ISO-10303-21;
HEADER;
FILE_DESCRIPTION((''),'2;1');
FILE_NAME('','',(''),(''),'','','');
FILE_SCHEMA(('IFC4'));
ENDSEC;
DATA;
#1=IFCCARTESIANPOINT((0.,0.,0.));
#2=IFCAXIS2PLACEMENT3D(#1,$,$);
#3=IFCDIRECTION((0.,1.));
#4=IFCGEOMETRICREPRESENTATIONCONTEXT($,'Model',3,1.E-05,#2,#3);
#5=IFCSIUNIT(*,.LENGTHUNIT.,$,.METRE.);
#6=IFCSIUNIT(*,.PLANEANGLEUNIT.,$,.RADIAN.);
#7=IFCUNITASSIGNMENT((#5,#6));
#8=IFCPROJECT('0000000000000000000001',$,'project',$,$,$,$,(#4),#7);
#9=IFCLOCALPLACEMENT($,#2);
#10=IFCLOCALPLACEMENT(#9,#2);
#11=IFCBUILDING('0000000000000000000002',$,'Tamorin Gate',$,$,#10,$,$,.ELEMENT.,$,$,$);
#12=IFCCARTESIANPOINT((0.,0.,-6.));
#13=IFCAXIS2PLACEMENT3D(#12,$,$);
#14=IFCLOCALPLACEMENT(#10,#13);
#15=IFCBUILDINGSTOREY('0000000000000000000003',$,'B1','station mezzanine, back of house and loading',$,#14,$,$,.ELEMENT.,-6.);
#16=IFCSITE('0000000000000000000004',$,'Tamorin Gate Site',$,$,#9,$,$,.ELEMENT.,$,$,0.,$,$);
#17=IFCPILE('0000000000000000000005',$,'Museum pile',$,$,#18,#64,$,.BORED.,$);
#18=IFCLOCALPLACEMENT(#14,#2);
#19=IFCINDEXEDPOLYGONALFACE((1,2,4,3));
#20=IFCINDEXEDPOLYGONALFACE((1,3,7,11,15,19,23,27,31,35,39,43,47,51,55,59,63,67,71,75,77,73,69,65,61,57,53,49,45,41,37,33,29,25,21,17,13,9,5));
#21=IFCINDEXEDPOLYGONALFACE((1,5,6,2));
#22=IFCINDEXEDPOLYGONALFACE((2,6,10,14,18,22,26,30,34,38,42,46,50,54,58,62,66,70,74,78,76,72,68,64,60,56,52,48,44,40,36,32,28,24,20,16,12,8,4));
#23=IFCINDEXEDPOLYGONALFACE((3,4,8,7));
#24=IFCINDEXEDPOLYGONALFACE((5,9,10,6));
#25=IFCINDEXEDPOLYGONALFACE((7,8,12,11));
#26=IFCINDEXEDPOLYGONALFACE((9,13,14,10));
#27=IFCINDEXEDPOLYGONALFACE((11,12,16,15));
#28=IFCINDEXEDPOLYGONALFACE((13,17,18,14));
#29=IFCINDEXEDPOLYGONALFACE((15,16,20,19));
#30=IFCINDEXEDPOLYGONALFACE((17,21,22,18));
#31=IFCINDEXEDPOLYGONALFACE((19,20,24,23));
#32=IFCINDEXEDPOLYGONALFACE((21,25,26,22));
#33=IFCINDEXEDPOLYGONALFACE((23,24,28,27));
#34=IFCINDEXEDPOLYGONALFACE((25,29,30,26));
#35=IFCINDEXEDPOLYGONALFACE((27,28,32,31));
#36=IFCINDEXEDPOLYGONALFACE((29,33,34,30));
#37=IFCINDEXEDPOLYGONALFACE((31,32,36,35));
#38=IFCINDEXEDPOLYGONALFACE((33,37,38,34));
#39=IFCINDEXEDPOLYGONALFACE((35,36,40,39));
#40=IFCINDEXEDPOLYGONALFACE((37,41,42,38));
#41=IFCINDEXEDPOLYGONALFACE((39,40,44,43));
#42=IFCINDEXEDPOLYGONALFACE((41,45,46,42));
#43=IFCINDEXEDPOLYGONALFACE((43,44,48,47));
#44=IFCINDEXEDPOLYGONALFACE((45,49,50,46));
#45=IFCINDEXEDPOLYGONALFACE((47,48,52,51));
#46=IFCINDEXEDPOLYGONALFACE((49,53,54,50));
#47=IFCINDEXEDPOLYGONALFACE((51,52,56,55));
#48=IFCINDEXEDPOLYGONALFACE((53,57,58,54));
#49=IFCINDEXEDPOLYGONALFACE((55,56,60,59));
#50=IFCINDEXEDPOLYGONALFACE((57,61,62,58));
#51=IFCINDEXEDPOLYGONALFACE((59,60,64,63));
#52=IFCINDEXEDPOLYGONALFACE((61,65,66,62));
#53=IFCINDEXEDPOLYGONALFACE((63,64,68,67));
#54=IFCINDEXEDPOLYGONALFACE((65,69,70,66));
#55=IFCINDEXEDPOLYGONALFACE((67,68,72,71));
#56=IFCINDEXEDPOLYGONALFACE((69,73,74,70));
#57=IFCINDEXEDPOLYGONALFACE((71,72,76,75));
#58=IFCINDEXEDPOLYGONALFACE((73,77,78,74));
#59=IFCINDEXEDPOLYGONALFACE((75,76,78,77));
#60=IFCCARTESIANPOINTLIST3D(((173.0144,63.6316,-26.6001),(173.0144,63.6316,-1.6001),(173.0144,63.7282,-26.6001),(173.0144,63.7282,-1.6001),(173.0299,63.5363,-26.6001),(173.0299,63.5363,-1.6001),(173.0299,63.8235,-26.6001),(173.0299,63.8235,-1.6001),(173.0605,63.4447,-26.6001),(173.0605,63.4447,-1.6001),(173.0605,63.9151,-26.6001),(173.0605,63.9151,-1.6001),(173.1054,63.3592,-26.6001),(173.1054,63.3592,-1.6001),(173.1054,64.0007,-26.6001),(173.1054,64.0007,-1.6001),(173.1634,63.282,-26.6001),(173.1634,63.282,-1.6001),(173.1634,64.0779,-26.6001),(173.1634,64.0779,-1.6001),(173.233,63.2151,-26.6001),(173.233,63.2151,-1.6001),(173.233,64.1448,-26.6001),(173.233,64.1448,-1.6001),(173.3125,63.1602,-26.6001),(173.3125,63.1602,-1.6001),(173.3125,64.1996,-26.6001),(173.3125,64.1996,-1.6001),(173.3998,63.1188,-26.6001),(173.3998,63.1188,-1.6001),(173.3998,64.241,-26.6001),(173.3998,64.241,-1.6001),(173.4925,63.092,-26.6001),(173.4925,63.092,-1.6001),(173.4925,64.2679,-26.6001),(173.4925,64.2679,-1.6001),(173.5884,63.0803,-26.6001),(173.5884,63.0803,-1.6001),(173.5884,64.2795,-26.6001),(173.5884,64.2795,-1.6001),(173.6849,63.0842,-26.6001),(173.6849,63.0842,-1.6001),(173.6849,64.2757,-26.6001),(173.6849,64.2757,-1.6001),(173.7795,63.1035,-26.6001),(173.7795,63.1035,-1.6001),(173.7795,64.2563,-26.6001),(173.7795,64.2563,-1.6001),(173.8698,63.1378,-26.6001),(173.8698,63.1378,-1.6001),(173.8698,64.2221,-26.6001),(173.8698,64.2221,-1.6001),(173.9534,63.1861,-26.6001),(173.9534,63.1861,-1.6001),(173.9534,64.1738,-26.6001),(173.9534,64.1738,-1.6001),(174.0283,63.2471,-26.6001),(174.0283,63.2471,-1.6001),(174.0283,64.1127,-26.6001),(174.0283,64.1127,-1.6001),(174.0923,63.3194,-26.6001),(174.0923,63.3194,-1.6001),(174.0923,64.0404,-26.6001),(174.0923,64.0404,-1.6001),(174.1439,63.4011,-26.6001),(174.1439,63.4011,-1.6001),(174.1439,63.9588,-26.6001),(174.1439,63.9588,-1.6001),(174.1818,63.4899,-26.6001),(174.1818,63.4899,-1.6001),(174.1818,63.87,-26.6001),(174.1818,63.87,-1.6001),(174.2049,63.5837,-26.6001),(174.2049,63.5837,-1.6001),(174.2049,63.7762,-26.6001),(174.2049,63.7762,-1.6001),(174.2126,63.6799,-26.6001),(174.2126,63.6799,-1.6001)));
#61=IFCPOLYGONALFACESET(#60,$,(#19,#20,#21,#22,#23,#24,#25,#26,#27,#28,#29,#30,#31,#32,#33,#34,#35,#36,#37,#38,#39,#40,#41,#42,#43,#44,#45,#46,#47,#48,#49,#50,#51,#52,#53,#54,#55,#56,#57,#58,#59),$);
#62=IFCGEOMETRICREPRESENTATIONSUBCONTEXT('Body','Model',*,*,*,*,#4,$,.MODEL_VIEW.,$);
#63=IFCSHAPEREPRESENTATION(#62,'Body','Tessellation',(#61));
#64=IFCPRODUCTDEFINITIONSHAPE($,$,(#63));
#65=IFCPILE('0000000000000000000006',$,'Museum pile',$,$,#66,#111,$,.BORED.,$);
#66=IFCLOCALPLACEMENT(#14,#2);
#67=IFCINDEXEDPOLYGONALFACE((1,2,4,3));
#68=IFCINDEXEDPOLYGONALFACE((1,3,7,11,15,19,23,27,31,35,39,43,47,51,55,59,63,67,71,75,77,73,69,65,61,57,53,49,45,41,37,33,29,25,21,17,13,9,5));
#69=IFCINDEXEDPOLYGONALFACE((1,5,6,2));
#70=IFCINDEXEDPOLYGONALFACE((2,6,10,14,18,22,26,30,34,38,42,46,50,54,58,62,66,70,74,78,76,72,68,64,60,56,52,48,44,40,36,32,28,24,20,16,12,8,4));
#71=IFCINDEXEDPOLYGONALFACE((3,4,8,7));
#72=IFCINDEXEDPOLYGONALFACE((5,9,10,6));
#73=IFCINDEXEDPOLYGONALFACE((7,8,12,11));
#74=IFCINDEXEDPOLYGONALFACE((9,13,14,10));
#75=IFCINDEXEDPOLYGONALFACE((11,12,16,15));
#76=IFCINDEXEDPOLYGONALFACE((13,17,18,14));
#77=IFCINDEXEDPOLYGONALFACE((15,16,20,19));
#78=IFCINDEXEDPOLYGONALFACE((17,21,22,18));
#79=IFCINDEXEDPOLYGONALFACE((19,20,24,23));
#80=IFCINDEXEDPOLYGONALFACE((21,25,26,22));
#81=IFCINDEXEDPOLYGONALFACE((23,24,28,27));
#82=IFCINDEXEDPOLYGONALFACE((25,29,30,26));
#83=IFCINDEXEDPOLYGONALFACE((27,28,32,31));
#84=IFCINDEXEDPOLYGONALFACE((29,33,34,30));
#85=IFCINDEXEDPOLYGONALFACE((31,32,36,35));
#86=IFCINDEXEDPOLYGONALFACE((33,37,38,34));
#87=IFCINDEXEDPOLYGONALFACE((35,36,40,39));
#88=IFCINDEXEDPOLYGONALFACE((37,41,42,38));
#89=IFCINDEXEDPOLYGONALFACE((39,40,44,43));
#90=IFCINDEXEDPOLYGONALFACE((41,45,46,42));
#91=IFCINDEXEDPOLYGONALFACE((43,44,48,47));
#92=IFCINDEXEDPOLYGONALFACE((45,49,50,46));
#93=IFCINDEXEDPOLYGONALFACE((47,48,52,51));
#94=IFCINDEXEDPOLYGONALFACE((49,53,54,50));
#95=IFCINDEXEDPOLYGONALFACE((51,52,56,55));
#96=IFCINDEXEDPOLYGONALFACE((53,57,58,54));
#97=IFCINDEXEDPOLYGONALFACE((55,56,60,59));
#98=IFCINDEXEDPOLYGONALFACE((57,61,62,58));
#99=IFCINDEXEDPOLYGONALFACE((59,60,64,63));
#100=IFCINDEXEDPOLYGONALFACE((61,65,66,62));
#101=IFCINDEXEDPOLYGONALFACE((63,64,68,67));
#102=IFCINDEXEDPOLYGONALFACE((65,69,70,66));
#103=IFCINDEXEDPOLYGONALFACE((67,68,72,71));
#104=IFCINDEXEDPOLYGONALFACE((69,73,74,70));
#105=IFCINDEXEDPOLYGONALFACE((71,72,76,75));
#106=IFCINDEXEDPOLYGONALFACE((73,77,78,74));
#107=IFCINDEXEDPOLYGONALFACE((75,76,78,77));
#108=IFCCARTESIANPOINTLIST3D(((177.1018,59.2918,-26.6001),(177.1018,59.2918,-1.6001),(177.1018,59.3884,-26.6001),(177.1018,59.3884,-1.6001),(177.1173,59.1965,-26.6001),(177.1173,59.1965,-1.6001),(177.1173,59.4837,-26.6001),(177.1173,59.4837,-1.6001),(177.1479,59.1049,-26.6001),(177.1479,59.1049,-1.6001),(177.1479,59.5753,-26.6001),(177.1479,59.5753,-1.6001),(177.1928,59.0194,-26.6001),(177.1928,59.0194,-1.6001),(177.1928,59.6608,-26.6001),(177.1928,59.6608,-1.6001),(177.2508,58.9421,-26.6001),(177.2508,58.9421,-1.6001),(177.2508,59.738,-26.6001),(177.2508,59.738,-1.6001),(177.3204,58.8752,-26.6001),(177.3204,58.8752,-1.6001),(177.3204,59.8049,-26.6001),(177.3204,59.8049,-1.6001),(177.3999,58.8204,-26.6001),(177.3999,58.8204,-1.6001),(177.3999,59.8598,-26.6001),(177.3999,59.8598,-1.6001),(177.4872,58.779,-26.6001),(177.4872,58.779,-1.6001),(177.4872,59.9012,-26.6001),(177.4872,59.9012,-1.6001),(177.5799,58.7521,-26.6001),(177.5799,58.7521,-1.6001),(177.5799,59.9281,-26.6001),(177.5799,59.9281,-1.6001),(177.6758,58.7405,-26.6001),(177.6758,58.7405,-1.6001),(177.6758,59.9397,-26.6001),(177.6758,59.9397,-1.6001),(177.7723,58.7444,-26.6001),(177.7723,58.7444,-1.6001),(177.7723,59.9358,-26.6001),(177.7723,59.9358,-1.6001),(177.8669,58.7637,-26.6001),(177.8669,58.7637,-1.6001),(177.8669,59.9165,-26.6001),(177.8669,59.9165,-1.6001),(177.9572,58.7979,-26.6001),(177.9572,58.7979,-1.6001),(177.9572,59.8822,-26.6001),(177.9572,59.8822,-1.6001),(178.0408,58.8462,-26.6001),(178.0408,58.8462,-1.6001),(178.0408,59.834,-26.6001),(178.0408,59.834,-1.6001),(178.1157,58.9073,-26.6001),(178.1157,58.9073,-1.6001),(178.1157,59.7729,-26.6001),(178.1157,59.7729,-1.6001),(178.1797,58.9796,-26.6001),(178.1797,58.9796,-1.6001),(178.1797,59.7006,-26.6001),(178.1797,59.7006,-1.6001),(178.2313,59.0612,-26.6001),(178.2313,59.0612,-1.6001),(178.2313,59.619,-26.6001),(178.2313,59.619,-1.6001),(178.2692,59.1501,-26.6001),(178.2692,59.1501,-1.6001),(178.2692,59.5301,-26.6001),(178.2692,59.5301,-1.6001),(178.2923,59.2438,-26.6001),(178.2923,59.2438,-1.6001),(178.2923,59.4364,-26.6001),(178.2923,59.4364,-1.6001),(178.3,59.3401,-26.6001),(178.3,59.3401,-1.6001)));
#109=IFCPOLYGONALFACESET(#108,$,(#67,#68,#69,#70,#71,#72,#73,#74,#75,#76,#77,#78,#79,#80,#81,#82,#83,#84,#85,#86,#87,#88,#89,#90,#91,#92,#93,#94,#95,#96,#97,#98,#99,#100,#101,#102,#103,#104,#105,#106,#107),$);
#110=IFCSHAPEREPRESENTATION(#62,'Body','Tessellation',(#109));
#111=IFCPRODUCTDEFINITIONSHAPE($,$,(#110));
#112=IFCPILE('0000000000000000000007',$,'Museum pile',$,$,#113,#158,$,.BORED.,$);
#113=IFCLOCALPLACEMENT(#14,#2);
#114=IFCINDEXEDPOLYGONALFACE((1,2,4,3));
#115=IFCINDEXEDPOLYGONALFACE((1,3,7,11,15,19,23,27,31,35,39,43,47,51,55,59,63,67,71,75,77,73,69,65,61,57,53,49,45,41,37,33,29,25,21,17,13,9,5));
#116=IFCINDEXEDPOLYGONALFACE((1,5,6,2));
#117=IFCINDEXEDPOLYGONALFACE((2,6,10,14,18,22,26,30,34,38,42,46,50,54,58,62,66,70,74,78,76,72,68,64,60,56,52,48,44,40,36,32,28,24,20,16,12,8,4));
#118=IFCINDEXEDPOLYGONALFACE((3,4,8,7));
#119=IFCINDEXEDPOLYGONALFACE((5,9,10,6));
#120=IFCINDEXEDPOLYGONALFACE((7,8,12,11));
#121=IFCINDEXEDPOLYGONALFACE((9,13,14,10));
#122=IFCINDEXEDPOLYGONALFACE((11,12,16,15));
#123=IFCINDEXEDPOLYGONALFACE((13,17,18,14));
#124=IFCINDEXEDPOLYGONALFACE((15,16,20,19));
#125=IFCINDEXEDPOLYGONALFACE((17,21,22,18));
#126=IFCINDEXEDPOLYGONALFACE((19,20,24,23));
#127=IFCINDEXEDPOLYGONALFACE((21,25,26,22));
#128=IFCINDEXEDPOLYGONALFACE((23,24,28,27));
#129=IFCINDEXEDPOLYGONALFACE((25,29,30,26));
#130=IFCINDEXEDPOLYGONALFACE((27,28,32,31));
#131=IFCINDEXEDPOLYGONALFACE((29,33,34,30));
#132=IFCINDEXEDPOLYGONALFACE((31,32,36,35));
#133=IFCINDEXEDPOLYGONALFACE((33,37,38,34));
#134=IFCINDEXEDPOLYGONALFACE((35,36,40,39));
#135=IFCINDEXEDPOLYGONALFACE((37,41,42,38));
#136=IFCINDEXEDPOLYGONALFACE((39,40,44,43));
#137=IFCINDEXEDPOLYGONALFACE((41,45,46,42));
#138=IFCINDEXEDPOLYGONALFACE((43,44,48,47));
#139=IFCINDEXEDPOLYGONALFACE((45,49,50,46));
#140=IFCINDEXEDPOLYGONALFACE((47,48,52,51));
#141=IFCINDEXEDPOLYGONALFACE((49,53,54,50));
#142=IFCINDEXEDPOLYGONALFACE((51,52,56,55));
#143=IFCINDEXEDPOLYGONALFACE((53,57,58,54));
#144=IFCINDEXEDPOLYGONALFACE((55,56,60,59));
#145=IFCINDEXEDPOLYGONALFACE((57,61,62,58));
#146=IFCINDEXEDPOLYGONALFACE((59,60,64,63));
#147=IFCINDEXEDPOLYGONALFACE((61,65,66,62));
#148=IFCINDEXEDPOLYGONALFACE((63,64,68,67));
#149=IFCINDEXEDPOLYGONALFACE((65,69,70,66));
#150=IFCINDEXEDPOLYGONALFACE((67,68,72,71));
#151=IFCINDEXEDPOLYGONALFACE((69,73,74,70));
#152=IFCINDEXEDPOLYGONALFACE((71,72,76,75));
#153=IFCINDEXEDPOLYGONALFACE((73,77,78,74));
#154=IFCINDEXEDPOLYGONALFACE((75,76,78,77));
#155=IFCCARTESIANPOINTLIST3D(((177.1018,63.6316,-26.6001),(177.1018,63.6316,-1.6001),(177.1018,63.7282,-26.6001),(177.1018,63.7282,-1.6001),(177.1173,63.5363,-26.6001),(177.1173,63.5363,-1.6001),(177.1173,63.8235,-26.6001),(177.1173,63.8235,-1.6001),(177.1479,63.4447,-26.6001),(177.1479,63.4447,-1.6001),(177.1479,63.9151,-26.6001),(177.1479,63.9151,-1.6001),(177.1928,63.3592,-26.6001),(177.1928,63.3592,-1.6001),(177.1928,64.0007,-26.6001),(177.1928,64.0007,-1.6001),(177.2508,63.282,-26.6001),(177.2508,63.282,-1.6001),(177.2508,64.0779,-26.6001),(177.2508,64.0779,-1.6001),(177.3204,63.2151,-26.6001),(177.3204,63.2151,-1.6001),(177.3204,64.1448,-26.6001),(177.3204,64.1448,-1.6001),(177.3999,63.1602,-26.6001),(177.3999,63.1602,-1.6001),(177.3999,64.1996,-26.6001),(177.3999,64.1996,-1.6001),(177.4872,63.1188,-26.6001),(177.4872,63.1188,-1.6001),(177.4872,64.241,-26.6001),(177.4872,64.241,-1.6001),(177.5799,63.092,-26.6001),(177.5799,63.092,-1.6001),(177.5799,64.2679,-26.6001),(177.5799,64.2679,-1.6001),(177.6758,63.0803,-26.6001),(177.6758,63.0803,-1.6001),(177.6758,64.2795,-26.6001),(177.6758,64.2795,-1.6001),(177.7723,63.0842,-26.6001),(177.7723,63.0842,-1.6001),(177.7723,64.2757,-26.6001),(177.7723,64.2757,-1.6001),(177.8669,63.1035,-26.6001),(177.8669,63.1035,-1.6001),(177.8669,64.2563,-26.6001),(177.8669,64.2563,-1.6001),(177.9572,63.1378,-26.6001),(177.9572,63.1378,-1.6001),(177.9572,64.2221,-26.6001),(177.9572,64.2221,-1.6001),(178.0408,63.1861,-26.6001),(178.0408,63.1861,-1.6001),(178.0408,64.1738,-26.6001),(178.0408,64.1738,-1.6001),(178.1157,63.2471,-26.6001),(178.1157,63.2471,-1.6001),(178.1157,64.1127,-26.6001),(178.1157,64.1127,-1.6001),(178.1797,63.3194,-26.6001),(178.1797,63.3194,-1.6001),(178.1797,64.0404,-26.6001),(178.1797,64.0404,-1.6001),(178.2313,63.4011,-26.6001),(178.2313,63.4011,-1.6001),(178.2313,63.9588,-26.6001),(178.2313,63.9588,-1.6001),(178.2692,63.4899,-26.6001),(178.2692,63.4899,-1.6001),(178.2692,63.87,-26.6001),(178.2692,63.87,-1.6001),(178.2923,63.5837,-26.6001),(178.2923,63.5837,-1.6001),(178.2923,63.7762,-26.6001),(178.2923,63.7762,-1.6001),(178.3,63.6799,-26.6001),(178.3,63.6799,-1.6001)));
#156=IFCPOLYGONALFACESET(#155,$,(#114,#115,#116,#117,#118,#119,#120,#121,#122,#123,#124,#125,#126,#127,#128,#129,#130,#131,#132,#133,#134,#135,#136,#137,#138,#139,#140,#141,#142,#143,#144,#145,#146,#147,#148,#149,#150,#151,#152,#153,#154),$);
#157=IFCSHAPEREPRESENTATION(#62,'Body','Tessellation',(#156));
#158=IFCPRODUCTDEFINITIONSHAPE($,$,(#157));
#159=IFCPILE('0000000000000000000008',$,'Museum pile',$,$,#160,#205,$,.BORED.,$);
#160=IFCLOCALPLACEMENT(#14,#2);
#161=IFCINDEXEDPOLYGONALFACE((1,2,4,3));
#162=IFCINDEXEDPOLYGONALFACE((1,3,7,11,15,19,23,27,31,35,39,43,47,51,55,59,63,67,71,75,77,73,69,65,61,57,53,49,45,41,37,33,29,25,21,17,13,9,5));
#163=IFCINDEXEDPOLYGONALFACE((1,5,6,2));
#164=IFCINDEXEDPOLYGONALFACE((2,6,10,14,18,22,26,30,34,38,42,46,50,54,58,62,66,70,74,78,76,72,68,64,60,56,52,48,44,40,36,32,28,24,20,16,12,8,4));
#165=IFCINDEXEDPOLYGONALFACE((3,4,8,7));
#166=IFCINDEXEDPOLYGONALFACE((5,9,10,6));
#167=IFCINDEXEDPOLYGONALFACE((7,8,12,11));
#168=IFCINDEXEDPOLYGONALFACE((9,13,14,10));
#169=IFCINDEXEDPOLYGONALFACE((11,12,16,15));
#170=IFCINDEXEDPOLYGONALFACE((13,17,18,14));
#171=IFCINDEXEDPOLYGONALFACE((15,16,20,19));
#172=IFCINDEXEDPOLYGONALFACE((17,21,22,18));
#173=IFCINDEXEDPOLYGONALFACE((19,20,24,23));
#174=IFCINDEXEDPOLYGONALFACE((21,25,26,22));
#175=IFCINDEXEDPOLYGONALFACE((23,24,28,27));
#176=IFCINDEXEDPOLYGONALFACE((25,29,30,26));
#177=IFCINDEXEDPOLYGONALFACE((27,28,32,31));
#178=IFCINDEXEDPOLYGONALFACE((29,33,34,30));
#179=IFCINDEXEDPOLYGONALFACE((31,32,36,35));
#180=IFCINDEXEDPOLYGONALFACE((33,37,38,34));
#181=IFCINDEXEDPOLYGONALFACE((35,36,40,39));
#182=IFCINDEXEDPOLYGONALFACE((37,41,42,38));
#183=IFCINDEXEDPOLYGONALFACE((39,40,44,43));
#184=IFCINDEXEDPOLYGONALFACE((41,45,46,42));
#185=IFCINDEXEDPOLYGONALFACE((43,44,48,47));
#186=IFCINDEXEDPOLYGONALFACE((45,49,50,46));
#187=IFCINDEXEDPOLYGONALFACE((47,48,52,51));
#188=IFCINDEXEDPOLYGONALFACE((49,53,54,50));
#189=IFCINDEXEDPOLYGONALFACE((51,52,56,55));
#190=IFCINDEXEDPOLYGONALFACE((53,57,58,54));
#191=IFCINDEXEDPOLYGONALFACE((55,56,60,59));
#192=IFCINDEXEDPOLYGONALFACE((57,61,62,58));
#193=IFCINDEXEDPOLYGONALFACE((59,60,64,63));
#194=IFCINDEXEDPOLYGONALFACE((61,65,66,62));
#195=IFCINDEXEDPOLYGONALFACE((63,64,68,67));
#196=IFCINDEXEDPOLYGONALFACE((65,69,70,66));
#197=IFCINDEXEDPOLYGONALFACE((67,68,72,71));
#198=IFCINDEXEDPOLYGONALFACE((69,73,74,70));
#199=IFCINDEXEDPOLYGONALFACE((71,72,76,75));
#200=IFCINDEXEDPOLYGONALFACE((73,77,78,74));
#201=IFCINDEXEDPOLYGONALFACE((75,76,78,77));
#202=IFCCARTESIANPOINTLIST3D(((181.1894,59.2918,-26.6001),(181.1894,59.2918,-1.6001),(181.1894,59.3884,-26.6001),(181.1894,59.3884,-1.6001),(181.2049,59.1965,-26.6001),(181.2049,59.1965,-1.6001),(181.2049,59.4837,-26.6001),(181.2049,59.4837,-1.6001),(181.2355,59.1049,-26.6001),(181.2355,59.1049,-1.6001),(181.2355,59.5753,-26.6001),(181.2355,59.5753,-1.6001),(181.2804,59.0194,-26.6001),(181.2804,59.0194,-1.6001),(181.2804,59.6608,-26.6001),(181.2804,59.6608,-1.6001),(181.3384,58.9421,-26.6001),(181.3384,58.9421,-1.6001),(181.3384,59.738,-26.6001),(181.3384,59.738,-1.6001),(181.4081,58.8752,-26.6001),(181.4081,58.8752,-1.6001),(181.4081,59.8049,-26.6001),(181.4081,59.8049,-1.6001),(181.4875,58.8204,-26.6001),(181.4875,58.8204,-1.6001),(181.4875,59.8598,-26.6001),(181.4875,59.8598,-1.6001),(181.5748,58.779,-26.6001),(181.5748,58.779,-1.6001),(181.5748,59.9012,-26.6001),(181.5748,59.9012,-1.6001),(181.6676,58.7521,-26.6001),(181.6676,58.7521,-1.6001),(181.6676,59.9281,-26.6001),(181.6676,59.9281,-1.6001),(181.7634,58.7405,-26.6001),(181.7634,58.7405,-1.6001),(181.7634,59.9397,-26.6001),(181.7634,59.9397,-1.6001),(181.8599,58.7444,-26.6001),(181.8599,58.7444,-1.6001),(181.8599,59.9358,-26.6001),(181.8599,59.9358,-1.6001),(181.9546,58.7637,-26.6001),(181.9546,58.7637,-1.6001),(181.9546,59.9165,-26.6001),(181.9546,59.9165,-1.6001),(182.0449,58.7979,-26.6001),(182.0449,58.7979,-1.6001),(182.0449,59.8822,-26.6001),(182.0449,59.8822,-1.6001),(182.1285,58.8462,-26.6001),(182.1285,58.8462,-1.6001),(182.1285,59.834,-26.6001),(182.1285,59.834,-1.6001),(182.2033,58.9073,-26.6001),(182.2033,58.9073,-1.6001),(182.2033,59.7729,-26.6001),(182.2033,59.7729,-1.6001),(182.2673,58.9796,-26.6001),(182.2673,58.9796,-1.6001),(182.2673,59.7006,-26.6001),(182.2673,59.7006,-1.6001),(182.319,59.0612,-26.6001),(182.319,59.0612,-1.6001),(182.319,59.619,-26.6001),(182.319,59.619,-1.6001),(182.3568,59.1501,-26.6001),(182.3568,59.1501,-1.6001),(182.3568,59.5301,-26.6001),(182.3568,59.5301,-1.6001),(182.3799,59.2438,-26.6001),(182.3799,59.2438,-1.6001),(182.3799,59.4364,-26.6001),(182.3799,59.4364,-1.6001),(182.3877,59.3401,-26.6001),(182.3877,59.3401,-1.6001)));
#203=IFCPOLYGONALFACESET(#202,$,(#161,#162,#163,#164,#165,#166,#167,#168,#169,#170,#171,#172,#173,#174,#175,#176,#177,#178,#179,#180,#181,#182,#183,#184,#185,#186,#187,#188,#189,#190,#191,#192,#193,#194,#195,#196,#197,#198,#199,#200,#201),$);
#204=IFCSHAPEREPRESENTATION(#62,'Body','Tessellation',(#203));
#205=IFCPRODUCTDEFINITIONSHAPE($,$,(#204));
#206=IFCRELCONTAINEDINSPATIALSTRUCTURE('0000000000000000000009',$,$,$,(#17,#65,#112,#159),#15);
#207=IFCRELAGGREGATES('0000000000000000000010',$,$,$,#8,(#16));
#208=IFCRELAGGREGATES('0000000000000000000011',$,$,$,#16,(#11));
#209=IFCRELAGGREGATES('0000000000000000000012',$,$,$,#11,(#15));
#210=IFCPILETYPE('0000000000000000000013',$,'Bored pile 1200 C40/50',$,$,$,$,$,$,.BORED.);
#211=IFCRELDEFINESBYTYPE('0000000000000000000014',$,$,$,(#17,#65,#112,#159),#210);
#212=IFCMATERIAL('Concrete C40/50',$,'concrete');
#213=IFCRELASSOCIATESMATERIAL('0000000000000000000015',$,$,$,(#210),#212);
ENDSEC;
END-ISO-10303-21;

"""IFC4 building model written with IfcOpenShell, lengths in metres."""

from ifc_helpers import new_model, si_unit, direction, frame, origin, origin_2d, place, context, subcontext, project, spatial, circle, extrude, material, material_profile, profile_set, type_object, element, save


model = new_model("IFC4")

# Units and contexts
model_context = context("Model", 3, precision=1e-05, world=origin(), true_north=direction((0.0, 1.0)))
body_context = subcontext(model_context, "Body", "Model", "MODEL_VIEW")
ifc_project = project(units=[si_unit("LENGTHUNIT", "METRE"), si_unit("PLANEANGLEUNIT", "RADIAN")], contexts=[model_context])

# Site, building, storey
site_placement = place(None, origin())
site = spatial("IfcSite", under=ifc_project, at=site_placement, Name="Tamorin Gate Site", CompositionType="ELEMENT", RefElevation=0.0)
building_placement = place(site_placement, origin())
building = spatial("IfcBuilding", under=site, at=building_placement, Name="Tamorin Gate", CompositionType="ELEMENT")
storey_placement = place(building_placement, frame((0.0, 0.0, -6.0)))
storey = spatial("IfcBuildingStorey", under=building, at=storey_placement, Name="B1", Description="station mezzanine, back of house and loading", CompositionType="ELEMENT", Elevation=-6.0)

# Piles
ifc_material_1 = material(Name="Concrete C40/50", Category="concrete")
ifc_material_profile_1 = material_profile(ifc_material_1, circle(Radius=0.6001, at=origin_2d()))
ifc_profile_set_1 = profile_set([ifc_material_profile_1], Name="Concrete C40/50")
pile_type_1 = type_object("IfcPileType", Name="Bored pile 1200 C40/50", PredefinedType="BORED", material=ifc_profile_set_1)
for number, where, z_axis, x_axis, name in (
    (1, (173.6125, 63.6799, -1.6001), (0.0, 0.0, -1.0), (1.0, 0.0, 0.0), "Museum pile"),
    (2, (177.7, 59.3401, -1.6001), (0.0, 0.0, -1.0), (1.0, 0.0, 0.0), "Museum pile"),
    (3, (177.7, 63.6799, -1.6001), (0.0, 0.0, -1.0), (1.0, 0.0, 0.0), "Museum pile"),
    (4, (181.7876, 59.3401, -1.6001), (0.0, 0.0, -1.0), (1.0, 0.0, 0.0), "Museum pile"),
):
    element("IfcPile", number, at=place(storey_placement, frame(where, z_axis=z_axis, x_axis=x_axis)), inside=storey, type_object=pile_type_1, Name=name, PredefinedType="BORED", context=body_context, shape_type="SweptSolid", body=[
        extrude(circle(Radius=0.6001, at=origin_2d()), origin(), (0.0, 0.0, 1.0), 25.0),
    ])

save(model, "model.ifc")
